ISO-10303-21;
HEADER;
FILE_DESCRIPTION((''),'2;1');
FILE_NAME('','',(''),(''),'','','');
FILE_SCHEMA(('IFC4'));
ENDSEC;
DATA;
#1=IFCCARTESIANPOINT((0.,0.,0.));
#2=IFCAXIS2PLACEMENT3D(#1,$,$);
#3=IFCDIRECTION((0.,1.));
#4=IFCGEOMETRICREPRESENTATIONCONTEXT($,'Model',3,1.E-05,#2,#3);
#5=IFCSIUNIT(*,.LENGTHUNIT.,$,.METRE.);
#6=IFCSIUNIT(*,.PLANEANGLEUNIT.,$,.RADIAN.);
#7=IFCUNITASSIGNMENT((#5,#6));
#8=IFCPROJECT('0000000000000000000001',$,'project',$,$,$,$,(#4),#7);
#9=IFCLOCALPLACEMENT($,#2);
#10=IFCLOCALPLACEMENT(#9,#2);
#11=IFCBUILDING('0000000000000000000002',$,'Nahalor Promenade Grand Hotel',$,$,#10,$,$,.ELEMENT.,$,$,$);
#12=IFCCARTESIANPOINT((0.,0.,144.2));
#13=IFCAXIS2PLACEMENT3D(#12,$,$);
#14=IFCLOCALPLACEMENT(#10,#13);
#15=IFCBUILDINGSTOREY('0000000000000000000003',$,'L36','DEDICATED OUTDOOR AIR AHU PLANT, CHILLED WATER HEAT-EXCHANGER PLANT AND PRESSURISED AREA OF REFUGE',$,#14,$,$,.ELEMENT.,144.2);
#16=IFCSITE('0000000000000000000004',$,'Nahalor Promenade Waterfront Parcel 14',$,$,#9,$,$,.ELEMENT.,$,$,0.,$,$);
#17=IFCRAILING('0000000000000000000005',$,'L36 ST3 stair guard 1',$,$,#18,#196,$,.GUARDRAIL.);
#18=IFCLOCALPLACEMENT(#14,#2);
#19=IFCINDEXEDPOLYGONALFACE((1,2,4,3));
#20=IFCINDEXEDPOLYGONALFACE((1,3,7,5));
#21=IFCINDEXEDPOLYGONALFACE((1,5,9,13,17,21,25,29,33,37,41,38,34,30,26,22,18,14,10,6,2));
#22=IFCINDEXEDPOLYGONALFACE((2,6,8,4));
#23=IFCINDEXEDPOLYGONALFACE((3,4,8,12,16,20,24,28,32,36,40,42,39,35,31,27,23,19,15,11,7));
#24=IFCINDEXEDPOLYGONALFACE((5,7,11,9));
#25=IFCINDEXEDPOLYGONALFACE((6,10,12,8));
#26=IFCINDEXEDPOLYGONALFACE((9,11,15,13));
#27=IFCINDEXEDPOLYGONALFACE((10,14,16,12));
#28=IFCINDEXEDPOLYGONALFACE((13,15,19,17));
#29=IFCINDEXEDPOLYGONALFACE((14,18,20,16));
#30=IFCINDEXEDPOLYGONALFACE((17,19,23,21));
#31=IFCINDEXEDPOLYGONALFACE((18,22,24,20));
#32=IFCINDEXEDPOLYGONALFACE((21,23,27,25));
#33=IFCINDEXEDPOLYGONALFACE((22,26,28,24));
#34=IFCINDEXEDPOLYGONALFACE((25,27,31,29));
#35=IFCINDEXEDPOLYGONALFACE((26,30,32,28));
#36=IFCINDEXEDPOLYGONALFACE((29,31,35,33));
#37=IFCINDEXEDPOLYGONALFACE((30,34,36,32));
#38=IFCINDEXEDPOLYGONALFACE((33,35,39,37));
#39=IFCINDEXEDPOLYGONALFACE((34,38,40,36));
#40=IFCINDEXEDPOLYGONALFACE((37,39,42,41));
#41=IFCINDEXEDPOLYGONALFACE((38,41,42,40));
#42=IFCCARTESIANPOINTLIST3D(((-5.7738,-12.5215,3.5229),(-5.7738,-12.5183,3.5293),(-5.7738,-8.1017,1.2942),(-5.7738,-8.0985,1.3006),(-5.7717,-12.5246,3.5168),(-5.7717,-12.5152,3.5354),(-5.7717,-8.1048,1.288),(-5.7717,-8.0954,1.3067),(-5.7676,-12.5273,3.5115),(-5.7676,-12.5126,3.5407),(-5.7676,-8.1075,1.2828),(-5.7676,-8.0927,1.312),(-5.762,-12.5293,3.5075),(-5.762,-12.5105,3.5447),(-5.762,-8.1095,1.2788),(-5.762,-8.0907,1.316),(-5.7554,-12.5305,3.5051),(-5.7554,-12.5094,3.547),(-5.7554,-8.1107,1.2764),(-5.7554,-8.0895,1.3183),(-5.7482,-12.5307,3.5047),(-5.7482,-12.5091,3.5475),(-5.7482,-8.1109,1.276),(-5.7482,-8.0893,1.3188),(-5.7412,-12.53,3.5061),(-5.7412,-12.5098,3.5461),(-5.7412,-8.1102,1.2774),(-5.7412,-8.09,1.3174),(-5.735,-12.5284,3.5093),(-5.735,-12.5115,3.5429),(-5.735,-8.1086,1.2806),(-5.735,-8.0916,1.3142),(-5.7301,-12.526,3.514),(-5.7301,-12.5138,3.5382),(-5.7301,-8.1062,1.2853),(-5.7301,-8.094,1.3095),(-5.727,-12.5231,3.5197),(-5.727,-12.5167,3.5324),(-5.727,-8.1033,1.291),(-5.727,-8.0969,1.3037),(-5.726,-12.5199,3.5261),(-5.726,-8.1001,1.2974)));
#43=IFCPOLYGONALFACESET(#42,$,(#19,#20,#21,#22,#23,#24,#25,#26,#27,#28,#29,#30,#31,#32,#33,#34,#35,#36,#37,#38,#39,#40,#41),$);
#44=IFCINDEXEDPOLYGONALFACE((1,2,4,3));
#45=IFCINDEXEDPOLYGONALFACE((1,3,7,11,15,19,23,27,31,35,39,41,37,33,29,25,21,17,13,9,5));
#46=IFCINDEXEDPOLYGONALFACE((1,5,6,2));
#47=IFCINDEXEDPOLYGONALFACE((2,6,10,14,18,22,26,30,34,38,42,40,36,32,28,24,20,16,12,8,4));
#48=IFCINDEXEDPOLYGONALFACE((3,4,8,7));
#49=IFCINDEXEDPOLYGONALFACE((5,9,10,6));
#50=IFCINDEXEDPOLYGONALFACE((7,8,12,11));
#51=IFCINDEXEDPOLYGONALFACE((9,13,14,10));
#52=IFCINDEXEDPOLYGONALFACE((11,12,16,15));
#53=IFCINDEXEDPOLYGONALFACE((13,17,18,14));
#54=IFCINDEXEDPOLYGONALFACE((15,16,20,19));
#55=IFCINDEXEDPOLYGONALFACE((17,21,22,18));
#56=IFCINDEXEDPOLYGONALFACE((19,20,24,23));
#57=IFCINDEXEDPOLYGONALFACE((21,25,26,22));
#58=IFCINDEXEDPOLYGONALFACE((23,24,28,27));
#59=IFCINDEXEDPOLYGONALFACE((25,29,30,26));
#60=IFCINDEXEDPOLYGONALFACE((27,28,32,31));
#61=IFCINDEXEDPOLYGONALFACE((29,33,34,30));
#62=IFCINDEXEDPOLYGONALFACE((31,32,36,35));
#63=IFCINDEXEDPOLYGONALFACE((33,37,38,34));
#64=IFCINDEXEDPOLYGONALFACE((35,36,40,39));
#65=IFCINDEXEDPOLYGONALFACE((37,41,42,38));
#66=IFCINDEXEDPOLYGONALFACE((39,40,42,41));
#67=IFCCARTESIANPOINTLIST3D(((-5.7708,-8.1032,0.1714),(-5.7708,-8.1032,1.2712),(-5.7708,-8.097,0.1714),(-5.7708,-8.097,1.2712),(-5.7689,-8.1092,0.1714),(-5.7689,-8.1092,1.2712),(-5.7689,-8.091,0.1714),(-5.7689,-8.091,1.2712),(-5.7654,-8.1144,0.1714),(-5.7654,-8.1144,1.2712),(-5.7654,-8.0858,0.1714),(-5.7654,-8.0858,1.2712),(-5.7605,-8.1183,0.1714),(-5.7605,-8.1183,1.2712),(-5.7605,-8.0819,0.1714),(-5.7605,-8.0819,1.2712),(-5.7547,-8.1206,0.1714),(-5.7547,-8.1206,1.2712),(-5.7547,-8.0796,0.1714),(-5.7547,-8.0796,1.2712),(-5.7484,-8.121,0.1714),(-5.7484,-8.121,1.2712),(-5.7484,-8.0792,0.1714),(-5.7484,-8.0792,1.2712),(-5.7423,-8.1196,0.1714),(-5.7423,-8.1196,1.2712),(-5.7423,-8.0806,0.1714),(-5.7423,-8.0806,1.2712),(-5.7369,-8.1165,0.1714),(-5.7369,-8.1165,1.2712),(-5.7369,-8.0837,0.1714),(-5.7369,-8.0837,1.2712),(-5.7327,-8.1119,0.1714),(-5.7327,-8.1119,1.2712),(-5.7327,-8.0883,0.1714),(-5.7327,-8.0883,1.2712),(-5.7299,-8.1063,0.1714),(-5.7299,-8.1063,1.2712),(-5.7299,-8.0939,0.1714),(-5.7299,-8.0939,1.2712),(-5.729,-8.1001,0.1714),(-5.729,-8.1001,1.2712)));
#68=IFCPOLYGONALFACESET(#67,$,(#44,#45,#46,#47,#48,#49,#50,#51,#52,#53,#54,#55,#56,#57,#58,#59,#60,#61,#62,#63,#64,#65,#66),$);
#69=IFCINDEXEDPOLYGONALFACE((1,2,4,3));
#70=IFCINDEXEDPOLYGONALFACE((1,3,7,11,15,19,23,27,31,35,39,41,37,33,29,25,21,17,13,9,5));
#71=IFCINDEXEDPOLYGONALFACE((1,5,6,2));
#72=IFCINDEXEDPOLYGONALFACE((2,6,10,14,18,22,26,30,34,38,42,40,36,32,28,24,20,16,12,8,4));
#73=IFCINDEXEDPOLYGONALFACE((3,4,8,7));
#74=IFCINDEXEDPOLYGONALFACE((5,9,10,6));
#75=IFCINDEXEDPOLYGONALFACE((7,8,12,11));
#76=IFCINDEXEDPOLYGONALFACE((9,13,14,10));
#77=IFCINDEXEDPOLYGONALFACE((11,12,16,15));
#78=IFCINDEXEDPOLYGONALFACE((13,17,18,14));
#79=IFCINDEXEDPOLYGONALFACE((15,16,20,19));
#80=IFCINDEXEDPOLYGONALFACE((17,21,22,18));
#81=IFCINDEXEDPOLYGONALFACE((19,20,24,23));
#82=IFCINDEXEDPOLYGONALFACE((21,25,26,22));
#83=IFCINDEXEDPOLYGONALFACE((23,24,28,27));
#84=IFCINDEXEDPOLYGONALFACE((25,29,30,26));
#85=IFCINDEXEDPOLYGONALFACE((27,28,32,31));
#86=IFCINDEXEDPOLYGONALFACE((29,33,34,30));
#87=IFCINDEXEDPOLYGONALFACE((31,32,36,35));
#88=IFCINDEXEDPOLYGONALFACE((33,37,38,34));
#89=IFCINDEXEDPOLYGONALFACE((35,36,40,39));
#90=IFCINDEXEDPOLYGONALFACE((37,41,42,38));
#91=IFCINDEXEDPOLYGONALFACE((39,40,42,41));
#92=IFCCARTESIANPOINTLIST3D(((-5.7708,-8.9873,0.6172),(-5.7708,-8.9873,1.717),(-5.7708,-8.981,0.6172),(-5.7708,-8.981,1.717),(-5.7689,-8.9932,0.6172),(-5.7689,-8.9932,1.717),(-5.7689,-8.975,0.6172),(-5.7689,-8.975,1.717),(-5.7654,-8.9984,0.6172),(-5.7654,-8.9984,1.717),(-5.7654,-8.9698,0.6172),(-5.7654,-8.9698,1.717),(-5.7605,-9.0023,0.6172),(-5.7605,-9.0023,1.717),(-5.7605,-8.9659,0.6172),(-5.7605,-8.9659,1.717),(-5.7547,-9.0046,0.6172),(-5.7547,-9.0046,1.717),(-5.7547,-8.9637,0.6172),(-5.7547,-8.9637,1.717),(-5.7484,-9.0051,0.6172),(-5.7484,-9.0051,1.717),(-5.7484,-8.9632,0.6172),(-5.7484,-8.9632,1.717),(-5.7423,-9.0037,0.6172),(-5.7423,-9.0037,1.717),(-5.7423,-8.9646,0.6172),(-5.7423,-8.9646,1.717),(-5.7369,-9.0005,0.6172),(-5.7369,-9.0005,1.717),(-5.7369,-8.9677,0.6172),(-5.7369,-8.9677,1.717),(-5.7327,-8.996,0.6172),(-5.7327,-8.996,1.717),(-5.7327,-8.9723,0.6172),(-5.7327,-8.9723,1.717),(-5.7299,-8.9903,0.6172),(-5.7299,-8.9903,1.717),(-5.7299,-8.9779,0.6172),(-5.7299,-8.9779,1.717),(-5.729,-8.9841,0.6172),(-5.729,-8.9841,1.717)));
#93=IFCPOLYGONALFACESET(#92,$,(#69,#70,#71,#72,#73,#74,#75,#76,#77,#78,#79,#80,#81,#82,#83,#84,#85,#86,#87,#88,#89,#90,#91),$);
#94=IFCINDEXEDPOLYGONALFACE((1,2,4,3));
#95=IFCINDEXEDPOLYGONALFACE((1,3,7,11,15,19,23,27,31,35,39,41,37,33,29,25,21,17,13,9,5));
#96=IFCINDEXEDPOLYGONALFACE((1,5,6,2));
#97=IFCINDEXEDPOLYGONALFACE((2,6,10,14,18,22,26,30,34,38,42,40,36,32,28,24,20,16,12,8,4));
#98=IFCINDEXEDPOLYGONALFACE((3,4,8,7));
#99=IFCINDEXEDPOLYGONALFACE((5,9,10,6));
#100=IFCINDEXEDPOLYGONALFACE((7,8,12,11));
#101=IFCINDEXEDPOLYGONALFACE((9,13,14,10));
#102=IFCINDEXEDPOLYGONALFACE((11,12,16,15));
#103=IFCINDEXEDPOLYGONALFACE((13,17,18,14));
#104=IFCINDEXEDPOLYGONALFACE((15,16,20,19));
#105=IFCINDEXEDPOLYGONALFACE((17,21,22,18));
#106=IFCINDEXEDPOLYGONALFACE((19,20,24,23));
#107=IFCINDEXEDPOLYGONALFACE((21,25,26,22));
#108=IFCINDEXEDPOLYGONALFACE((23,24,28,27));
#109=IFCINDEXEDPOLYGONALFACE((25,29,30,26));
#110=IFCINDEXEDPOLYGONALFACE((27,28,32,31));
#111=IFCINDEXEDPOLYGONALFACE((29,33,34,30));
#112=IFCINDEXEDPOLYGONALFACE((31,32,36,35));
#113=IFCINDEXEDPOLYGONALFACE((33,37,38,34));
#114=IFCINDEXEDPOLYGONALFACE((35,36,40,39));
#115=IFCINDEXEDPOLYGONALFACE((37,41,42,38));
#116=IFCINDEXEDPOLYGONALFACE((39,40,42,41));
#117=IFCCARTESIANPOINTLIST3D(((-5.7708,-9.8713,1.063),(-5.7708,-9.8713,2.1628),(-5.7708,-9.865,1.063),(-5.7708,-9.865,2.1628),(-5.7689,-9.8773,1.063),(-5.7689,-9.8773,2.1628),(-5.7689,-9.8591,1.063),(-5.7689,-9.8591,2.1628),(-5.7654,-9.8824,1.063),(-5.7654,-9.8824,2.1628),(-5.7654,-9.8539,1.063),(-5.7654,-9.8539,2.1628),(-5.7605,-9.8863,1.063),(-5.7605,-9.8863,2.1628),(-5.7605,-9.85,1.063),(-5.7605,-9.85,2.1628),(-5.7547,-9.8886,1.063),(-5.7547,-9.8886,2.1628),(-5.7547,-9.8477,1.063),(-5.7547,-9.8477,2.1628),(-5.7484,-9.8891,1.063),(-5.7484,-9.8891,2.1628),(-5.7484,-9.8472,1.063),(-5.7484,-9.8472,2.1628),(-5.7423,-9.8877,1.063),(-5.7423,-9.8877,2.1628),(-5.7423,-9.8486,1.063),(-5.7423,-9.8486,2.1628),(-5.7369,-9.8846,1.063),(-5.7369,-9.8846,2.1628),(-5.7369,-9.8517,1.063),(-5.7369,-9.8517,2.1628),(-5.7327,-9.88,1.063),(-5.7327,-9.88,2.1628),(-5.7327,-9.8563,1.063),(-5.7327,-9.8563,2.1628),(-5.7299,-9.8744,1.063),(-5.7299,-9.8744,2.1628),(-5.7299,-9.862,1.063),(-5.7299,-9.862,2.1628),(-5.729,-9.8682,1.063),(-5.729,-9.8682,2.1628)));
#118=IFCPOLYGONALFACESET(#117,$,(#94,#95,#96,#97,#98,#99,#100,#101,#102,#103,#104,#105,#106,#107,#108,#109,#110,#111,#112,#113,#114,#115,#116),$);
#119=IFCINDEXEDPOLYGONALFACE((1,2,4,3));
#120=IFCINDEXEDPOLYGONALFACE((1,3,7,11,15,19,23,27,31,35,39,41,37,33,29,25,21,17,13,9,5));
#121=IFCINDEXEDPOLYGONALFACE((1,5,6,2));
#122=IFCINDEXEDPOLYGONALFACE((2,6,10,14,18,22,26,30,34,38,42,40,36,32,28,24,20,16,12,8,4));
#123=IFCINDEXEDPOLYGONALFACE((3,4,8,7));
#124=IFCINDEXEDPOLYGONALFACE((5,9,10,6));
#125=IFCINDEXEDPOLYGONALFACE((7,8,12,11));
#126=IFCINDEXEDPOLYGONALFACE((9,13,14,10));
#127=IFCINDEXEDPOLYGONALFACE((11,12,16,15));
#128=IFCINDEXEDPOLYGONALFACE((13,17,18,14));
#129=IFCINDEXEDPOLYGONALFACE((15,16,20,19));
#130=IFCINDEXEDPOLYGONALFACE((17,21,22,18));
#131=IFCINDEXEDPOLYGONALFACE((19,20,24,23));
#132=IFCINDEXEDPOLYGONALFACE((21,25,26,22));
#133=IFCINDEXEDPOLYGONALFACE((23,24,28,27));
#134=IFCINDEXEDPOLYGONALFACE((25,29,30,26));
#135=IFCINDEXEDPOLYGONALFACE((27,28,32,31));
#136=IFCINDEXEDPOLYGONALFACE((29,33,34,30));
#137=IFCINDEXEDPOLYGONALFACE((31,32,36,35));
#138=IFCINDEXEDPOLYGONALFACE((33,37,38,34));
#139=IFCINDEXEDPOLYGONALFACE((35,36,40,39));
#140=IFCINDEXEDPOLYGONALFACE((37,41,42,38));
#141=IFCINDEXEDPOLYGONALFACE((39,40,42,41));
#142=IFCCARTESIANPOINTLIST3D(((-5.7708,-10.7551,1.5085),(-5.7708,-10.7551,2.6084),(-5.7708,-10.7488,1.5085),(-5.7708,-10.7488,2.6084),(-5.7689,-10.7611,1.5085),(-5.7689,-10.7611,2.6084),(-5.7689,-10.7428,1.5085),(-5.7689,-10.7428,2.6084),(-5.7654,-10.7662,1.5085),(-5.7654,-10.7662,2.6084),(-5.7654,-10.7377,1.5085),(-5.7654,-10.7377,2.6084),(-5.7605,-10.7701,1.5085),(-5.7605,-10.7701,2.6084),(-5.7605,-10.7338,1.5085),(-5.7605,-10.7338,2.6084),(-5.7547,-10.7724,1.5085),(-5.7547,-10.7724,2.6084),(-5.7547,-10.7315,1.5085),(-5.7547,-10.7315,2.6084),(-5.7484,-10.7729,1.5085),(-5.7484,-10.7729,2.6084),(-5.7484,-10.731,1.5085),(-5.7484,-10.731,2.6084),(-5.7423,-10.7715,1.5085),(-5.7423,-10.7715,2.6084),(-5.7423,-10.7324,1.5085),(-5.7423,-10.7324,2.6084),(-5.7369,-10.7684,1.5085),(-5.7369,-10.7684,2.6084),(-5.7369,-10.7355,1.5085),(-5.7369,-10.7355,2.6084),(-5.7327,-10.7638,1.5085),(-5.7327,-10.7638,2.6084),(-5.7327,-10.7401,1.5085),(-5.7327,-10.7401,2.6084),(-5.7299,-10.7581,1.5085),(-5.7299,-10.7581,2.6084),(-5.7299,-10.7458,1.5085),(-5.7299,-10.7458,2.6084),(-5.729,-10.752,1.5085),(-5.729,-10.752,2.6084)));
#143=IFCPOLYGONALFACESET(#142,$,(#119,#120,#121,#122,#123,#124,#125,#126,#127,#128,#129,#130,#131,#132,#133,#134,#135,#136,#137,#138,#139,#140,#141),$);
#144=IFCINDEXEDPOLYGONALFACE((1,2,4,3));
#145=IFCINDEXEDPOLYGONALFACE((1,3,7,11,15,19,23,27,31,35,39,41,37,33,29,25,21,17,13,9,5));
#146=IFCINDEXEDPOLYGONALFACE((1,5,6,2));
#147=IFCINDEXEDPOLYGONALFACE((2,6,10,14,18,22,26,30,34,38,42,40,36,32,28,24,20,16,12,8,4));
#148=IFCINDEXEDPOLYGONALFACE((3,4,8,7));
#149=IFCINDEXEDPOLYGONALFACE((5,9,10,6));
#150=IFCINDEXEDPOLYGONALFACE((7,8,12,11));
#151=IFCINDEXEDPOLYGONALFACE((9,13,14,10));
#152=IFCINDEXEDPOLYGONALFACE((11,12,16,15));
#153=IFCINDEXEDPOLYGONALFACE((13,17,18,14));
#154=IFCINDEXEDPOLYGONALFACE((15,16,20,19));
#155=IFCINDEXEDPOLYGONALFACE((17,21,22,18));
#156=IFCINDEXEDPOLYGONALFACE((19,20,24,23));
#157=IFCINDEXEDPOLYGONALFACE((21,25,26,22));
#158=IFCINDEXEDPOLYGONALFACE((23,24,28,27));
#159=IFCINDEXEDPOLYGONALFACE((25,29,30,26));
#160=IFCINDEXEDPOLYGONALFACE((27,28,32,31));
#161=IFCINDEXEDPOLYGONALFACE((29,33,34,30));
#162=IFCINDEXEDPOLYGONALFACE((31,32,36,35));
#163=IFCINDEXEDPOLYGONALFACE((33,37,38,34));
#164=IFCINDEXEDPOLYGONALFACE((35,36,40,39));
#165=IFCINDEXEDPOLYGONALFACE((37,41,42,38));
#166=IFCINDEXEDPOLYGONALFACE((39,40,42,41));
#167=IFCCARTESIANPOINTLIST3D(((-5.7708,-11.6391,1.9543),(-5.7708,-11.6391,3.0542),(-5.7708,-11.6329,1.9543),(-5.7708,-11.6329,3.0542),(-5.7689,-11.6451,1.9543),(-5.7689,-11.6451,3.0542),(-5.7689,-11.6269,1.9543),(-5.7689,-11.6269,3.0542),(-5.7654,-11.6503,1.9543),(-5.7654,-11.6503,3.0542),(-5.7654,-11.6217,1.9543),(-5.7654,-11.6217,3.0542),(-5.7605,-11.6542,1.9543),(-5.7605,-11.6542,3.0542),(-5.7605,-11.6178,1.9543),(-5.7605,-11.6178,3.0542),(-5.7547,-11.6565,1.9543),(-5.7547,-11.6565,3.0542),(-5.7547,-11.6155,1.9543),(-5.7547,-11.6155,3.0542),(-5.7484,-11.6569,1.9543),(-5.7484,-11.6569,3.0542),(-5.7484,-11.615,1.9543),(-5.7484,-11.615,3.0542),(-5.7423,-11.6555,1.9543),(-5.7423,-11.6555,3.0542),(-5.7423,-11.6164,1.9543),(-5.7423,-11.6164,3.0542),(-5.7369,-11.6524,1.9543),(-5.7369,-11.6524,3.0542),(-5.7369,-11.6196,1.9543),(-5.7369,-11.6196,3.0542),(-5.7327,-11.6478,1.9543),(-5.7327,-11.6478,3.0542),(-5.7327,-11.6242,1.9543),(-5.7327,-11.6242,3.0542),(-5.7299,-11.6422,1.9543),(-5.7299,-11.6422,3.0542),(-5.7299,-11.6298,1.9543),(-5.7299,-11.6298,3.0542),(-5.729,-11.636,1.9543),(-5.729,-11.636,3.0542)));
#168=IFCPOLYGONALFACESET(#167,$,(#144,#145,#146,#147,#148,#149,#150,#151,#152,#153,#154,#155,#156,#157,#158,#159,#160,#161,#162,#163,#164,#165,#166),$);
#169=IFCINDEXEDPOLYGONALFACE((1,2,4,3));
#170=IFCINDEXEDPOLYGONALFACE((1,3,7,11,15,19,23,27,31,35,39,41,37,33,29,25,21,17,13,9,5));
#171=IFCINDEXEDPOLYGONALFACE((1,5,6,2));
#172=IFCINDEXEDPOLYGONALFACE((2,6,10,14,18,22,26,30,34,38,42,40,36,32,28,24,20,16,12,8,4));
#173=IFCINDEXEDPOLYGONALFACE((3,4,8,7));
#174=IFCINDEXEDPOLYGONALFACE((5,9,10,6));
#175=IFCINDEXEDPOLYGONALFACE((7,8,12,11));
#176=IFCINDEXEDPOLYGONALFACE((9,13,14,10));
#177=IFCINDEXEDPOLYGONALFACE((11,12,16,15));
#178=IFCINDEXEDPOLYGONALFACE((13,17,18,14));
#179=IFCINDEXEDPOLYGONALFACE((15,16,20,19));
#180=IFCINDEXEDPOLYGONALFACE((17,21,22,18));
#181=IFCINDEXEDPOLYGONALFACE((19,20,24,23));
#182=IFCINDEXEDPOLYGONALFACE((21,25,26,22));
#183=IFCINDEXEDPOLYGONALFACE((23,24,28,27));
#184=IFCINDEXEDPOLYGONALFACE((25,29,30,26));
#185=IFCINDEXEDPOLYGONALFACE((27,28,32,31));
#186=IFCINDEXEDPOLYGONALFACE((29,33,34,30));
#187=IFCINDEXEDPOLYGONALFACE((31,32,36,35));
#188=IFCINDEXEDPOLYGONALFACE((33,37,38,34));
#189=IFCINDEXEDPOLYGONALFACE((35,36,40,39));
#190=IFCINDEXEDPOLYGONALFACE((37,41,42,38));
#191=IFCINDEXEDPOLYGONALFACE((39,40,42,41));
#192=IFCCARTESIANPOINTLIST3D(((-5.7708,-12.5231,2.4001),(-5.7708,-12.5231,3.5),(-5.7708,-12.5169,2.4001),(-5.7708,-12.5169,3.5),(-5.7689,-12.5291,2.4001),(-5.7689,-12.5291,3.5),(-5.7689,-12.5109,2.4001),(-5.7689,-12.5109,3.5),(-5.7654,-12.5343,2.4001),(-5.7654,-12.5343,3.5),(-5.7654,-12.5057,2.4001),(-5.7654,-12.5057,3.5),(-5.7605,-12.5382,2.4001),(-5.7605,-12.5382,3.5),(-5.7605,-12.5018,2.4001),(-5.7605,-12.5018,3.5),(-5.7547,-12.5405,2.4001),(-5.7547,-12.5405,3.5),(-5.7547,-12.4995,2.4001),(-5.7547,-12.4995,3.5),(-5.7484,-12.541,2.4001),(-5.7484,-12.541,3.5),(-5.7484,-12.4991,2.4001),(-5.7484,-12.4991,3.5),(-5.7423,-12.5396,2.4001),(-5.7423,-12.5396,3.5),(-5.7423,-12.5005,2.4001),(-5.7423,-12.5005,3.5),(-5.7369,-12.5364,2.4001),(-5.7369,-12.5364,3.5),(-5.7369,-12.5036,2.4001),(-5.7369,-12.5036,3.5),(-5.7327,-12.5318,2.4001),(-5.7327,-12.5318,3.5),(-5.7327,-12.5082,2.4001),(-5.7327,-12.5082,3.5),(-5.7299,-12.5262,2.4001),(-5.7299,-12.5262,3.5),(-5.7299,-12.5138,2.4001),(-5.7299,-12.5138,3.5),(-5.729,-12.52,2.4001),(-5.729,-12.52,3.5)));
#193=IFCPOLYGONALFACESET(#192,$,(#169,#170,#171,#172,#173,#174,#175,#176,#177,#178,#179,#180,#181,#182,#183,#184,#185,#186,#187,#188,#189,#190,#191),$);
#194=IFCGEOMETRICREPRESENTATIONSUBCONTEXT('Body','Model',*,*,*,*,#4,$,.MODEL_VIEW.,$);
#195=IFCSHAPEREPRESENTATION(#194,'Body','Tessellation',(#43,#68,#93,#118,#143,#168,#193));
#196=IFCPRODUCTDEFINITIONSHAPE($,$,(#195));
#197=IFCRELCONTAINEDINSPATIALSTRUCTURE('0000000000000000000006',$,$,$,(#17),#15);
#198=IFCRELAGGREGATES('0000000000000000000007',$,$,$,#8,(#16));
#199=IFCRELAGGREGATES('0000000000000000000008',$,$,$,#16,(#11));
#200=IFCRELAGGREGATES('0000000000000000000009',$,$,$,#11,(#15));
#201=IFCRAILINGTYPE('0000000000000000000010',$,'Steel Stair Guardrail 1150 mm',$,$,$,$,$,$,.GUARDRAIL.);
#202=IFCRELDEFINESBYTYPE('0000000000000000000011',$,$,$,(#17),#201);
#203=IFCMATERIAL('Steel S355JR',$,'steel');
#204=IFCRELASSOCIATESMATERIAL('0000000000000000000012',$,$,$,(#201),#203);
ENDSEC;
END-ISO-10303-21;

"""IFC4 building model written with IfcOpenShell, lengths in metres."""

from ifc_helpers import new_model, si_unit, direction, frame, origin, origin_2d, place, context, subcontext, project, spatial, circle, extrude, material, type_object, element, save


model = new_model("IFC4")

# Units and contexts
model_context = context("Model", 3, precision=1e-05, world=origin(), true_north=direction((0.0, 1.0)))
body_context = subcontext(model_context, "Body", "Model", "MODEL_VIEW")
ifc_project = project(units=[si_unit("LENGTHUNIT", "METRE"), si_unit("PLANEANGLEUNIT", "RADIAN")], contexts=[model_context])

# Site, building, storey
site_placement = place(None, origin())
site = spatial("IfcSite", under=ifc_project, at=site_placement, Name="Nahalor Promenade Waterfront Parcel 14", CompositionType="ELEMENT", RefElevation=0.0)
building_placement = place(site_placement, origin())
building = spatial("IfcBuilding", under=site, at=building_placement, Name="Nahalor Promenade Grand Hotel", CompositionType="ELEMENT")
storey_placement = place(building_placement, frame((0.0, 0.0, 144.2)))
storey = spatial("IfcBuildingStorey", under=building, at=storey_placement, Name="L36", Description="DEDICATED OUTDOOR AIR AHU PLANT, CHILLED WATER HEAT-EXCHANGER PLANT AND PRESSURISED AREA OF REFUGE", CompositionType="ELEMENT", Elevation=144.2)

# Shared definitions
ifc_material_1 = material(Name="Steel S355JR", Category="steel")

# Railing
railing_type_1 = type_object("IfcRailingType", Name="Steel Stair Guardrail 1150 mm", PredefinedType="GUARDRAIL", material=ifc_material_1)
railing_1_placement = place(storey_placement, frame((-5.75, -8.1001, 0.1714)))
element("IfcRailing", 1, at=railing_1_placement, inside=storey, type_object=railing_type_1, Name="L36 ST3 stair guard 1", PredefinedType="GUARDRAIL", context=body_context, shape_type="SweptSolid", body=[
    extrude(circle(Radius=0.024, at=origin_2d()), frame((0.0, 0.0, 1.126), z_axis=(0.0, -0.892903, 0.450249), x_axis=(1.0, 0.0, 0.0)), (0.0, 0.0, 1.0), 4.95),
    extrude(circle(Radius=0.021, at=origin_2d()), origin(), (0.0, 0.0, 1.0), 1.0999),
    extrude(circle(Radius=0.021, at=origin_2d()), frame((0.0, -0.884, 0.4458)), (0.0, 0.0, 1.0), 1.0999),
    extrude(circle(Radius=0.021, at=origin_2d()), frame((0.0, -1.7681, 0.8916)), (0.0, 0.0, 1.0), 1.0999),
    extrude(circle(Radius=0.021, at=origin_2d()), frame((0.0, -2.6519, 1.3372)), (0.0, 0.0, 1.0), 1.0999),
    extrude(circle(Radius=0.021, at=origin_2d()), frame((0.0, -3.5359, 1.783)), (0.0, 0.0, 1.0), 1.0999),
    extrude(circle(Radius=0.021, at=origin_2d()), frame((0.0, -4.4199, 2.2288)), (0.0, 0.0, 1.0), 1.0999),
])

save(model, "model.ifc")
